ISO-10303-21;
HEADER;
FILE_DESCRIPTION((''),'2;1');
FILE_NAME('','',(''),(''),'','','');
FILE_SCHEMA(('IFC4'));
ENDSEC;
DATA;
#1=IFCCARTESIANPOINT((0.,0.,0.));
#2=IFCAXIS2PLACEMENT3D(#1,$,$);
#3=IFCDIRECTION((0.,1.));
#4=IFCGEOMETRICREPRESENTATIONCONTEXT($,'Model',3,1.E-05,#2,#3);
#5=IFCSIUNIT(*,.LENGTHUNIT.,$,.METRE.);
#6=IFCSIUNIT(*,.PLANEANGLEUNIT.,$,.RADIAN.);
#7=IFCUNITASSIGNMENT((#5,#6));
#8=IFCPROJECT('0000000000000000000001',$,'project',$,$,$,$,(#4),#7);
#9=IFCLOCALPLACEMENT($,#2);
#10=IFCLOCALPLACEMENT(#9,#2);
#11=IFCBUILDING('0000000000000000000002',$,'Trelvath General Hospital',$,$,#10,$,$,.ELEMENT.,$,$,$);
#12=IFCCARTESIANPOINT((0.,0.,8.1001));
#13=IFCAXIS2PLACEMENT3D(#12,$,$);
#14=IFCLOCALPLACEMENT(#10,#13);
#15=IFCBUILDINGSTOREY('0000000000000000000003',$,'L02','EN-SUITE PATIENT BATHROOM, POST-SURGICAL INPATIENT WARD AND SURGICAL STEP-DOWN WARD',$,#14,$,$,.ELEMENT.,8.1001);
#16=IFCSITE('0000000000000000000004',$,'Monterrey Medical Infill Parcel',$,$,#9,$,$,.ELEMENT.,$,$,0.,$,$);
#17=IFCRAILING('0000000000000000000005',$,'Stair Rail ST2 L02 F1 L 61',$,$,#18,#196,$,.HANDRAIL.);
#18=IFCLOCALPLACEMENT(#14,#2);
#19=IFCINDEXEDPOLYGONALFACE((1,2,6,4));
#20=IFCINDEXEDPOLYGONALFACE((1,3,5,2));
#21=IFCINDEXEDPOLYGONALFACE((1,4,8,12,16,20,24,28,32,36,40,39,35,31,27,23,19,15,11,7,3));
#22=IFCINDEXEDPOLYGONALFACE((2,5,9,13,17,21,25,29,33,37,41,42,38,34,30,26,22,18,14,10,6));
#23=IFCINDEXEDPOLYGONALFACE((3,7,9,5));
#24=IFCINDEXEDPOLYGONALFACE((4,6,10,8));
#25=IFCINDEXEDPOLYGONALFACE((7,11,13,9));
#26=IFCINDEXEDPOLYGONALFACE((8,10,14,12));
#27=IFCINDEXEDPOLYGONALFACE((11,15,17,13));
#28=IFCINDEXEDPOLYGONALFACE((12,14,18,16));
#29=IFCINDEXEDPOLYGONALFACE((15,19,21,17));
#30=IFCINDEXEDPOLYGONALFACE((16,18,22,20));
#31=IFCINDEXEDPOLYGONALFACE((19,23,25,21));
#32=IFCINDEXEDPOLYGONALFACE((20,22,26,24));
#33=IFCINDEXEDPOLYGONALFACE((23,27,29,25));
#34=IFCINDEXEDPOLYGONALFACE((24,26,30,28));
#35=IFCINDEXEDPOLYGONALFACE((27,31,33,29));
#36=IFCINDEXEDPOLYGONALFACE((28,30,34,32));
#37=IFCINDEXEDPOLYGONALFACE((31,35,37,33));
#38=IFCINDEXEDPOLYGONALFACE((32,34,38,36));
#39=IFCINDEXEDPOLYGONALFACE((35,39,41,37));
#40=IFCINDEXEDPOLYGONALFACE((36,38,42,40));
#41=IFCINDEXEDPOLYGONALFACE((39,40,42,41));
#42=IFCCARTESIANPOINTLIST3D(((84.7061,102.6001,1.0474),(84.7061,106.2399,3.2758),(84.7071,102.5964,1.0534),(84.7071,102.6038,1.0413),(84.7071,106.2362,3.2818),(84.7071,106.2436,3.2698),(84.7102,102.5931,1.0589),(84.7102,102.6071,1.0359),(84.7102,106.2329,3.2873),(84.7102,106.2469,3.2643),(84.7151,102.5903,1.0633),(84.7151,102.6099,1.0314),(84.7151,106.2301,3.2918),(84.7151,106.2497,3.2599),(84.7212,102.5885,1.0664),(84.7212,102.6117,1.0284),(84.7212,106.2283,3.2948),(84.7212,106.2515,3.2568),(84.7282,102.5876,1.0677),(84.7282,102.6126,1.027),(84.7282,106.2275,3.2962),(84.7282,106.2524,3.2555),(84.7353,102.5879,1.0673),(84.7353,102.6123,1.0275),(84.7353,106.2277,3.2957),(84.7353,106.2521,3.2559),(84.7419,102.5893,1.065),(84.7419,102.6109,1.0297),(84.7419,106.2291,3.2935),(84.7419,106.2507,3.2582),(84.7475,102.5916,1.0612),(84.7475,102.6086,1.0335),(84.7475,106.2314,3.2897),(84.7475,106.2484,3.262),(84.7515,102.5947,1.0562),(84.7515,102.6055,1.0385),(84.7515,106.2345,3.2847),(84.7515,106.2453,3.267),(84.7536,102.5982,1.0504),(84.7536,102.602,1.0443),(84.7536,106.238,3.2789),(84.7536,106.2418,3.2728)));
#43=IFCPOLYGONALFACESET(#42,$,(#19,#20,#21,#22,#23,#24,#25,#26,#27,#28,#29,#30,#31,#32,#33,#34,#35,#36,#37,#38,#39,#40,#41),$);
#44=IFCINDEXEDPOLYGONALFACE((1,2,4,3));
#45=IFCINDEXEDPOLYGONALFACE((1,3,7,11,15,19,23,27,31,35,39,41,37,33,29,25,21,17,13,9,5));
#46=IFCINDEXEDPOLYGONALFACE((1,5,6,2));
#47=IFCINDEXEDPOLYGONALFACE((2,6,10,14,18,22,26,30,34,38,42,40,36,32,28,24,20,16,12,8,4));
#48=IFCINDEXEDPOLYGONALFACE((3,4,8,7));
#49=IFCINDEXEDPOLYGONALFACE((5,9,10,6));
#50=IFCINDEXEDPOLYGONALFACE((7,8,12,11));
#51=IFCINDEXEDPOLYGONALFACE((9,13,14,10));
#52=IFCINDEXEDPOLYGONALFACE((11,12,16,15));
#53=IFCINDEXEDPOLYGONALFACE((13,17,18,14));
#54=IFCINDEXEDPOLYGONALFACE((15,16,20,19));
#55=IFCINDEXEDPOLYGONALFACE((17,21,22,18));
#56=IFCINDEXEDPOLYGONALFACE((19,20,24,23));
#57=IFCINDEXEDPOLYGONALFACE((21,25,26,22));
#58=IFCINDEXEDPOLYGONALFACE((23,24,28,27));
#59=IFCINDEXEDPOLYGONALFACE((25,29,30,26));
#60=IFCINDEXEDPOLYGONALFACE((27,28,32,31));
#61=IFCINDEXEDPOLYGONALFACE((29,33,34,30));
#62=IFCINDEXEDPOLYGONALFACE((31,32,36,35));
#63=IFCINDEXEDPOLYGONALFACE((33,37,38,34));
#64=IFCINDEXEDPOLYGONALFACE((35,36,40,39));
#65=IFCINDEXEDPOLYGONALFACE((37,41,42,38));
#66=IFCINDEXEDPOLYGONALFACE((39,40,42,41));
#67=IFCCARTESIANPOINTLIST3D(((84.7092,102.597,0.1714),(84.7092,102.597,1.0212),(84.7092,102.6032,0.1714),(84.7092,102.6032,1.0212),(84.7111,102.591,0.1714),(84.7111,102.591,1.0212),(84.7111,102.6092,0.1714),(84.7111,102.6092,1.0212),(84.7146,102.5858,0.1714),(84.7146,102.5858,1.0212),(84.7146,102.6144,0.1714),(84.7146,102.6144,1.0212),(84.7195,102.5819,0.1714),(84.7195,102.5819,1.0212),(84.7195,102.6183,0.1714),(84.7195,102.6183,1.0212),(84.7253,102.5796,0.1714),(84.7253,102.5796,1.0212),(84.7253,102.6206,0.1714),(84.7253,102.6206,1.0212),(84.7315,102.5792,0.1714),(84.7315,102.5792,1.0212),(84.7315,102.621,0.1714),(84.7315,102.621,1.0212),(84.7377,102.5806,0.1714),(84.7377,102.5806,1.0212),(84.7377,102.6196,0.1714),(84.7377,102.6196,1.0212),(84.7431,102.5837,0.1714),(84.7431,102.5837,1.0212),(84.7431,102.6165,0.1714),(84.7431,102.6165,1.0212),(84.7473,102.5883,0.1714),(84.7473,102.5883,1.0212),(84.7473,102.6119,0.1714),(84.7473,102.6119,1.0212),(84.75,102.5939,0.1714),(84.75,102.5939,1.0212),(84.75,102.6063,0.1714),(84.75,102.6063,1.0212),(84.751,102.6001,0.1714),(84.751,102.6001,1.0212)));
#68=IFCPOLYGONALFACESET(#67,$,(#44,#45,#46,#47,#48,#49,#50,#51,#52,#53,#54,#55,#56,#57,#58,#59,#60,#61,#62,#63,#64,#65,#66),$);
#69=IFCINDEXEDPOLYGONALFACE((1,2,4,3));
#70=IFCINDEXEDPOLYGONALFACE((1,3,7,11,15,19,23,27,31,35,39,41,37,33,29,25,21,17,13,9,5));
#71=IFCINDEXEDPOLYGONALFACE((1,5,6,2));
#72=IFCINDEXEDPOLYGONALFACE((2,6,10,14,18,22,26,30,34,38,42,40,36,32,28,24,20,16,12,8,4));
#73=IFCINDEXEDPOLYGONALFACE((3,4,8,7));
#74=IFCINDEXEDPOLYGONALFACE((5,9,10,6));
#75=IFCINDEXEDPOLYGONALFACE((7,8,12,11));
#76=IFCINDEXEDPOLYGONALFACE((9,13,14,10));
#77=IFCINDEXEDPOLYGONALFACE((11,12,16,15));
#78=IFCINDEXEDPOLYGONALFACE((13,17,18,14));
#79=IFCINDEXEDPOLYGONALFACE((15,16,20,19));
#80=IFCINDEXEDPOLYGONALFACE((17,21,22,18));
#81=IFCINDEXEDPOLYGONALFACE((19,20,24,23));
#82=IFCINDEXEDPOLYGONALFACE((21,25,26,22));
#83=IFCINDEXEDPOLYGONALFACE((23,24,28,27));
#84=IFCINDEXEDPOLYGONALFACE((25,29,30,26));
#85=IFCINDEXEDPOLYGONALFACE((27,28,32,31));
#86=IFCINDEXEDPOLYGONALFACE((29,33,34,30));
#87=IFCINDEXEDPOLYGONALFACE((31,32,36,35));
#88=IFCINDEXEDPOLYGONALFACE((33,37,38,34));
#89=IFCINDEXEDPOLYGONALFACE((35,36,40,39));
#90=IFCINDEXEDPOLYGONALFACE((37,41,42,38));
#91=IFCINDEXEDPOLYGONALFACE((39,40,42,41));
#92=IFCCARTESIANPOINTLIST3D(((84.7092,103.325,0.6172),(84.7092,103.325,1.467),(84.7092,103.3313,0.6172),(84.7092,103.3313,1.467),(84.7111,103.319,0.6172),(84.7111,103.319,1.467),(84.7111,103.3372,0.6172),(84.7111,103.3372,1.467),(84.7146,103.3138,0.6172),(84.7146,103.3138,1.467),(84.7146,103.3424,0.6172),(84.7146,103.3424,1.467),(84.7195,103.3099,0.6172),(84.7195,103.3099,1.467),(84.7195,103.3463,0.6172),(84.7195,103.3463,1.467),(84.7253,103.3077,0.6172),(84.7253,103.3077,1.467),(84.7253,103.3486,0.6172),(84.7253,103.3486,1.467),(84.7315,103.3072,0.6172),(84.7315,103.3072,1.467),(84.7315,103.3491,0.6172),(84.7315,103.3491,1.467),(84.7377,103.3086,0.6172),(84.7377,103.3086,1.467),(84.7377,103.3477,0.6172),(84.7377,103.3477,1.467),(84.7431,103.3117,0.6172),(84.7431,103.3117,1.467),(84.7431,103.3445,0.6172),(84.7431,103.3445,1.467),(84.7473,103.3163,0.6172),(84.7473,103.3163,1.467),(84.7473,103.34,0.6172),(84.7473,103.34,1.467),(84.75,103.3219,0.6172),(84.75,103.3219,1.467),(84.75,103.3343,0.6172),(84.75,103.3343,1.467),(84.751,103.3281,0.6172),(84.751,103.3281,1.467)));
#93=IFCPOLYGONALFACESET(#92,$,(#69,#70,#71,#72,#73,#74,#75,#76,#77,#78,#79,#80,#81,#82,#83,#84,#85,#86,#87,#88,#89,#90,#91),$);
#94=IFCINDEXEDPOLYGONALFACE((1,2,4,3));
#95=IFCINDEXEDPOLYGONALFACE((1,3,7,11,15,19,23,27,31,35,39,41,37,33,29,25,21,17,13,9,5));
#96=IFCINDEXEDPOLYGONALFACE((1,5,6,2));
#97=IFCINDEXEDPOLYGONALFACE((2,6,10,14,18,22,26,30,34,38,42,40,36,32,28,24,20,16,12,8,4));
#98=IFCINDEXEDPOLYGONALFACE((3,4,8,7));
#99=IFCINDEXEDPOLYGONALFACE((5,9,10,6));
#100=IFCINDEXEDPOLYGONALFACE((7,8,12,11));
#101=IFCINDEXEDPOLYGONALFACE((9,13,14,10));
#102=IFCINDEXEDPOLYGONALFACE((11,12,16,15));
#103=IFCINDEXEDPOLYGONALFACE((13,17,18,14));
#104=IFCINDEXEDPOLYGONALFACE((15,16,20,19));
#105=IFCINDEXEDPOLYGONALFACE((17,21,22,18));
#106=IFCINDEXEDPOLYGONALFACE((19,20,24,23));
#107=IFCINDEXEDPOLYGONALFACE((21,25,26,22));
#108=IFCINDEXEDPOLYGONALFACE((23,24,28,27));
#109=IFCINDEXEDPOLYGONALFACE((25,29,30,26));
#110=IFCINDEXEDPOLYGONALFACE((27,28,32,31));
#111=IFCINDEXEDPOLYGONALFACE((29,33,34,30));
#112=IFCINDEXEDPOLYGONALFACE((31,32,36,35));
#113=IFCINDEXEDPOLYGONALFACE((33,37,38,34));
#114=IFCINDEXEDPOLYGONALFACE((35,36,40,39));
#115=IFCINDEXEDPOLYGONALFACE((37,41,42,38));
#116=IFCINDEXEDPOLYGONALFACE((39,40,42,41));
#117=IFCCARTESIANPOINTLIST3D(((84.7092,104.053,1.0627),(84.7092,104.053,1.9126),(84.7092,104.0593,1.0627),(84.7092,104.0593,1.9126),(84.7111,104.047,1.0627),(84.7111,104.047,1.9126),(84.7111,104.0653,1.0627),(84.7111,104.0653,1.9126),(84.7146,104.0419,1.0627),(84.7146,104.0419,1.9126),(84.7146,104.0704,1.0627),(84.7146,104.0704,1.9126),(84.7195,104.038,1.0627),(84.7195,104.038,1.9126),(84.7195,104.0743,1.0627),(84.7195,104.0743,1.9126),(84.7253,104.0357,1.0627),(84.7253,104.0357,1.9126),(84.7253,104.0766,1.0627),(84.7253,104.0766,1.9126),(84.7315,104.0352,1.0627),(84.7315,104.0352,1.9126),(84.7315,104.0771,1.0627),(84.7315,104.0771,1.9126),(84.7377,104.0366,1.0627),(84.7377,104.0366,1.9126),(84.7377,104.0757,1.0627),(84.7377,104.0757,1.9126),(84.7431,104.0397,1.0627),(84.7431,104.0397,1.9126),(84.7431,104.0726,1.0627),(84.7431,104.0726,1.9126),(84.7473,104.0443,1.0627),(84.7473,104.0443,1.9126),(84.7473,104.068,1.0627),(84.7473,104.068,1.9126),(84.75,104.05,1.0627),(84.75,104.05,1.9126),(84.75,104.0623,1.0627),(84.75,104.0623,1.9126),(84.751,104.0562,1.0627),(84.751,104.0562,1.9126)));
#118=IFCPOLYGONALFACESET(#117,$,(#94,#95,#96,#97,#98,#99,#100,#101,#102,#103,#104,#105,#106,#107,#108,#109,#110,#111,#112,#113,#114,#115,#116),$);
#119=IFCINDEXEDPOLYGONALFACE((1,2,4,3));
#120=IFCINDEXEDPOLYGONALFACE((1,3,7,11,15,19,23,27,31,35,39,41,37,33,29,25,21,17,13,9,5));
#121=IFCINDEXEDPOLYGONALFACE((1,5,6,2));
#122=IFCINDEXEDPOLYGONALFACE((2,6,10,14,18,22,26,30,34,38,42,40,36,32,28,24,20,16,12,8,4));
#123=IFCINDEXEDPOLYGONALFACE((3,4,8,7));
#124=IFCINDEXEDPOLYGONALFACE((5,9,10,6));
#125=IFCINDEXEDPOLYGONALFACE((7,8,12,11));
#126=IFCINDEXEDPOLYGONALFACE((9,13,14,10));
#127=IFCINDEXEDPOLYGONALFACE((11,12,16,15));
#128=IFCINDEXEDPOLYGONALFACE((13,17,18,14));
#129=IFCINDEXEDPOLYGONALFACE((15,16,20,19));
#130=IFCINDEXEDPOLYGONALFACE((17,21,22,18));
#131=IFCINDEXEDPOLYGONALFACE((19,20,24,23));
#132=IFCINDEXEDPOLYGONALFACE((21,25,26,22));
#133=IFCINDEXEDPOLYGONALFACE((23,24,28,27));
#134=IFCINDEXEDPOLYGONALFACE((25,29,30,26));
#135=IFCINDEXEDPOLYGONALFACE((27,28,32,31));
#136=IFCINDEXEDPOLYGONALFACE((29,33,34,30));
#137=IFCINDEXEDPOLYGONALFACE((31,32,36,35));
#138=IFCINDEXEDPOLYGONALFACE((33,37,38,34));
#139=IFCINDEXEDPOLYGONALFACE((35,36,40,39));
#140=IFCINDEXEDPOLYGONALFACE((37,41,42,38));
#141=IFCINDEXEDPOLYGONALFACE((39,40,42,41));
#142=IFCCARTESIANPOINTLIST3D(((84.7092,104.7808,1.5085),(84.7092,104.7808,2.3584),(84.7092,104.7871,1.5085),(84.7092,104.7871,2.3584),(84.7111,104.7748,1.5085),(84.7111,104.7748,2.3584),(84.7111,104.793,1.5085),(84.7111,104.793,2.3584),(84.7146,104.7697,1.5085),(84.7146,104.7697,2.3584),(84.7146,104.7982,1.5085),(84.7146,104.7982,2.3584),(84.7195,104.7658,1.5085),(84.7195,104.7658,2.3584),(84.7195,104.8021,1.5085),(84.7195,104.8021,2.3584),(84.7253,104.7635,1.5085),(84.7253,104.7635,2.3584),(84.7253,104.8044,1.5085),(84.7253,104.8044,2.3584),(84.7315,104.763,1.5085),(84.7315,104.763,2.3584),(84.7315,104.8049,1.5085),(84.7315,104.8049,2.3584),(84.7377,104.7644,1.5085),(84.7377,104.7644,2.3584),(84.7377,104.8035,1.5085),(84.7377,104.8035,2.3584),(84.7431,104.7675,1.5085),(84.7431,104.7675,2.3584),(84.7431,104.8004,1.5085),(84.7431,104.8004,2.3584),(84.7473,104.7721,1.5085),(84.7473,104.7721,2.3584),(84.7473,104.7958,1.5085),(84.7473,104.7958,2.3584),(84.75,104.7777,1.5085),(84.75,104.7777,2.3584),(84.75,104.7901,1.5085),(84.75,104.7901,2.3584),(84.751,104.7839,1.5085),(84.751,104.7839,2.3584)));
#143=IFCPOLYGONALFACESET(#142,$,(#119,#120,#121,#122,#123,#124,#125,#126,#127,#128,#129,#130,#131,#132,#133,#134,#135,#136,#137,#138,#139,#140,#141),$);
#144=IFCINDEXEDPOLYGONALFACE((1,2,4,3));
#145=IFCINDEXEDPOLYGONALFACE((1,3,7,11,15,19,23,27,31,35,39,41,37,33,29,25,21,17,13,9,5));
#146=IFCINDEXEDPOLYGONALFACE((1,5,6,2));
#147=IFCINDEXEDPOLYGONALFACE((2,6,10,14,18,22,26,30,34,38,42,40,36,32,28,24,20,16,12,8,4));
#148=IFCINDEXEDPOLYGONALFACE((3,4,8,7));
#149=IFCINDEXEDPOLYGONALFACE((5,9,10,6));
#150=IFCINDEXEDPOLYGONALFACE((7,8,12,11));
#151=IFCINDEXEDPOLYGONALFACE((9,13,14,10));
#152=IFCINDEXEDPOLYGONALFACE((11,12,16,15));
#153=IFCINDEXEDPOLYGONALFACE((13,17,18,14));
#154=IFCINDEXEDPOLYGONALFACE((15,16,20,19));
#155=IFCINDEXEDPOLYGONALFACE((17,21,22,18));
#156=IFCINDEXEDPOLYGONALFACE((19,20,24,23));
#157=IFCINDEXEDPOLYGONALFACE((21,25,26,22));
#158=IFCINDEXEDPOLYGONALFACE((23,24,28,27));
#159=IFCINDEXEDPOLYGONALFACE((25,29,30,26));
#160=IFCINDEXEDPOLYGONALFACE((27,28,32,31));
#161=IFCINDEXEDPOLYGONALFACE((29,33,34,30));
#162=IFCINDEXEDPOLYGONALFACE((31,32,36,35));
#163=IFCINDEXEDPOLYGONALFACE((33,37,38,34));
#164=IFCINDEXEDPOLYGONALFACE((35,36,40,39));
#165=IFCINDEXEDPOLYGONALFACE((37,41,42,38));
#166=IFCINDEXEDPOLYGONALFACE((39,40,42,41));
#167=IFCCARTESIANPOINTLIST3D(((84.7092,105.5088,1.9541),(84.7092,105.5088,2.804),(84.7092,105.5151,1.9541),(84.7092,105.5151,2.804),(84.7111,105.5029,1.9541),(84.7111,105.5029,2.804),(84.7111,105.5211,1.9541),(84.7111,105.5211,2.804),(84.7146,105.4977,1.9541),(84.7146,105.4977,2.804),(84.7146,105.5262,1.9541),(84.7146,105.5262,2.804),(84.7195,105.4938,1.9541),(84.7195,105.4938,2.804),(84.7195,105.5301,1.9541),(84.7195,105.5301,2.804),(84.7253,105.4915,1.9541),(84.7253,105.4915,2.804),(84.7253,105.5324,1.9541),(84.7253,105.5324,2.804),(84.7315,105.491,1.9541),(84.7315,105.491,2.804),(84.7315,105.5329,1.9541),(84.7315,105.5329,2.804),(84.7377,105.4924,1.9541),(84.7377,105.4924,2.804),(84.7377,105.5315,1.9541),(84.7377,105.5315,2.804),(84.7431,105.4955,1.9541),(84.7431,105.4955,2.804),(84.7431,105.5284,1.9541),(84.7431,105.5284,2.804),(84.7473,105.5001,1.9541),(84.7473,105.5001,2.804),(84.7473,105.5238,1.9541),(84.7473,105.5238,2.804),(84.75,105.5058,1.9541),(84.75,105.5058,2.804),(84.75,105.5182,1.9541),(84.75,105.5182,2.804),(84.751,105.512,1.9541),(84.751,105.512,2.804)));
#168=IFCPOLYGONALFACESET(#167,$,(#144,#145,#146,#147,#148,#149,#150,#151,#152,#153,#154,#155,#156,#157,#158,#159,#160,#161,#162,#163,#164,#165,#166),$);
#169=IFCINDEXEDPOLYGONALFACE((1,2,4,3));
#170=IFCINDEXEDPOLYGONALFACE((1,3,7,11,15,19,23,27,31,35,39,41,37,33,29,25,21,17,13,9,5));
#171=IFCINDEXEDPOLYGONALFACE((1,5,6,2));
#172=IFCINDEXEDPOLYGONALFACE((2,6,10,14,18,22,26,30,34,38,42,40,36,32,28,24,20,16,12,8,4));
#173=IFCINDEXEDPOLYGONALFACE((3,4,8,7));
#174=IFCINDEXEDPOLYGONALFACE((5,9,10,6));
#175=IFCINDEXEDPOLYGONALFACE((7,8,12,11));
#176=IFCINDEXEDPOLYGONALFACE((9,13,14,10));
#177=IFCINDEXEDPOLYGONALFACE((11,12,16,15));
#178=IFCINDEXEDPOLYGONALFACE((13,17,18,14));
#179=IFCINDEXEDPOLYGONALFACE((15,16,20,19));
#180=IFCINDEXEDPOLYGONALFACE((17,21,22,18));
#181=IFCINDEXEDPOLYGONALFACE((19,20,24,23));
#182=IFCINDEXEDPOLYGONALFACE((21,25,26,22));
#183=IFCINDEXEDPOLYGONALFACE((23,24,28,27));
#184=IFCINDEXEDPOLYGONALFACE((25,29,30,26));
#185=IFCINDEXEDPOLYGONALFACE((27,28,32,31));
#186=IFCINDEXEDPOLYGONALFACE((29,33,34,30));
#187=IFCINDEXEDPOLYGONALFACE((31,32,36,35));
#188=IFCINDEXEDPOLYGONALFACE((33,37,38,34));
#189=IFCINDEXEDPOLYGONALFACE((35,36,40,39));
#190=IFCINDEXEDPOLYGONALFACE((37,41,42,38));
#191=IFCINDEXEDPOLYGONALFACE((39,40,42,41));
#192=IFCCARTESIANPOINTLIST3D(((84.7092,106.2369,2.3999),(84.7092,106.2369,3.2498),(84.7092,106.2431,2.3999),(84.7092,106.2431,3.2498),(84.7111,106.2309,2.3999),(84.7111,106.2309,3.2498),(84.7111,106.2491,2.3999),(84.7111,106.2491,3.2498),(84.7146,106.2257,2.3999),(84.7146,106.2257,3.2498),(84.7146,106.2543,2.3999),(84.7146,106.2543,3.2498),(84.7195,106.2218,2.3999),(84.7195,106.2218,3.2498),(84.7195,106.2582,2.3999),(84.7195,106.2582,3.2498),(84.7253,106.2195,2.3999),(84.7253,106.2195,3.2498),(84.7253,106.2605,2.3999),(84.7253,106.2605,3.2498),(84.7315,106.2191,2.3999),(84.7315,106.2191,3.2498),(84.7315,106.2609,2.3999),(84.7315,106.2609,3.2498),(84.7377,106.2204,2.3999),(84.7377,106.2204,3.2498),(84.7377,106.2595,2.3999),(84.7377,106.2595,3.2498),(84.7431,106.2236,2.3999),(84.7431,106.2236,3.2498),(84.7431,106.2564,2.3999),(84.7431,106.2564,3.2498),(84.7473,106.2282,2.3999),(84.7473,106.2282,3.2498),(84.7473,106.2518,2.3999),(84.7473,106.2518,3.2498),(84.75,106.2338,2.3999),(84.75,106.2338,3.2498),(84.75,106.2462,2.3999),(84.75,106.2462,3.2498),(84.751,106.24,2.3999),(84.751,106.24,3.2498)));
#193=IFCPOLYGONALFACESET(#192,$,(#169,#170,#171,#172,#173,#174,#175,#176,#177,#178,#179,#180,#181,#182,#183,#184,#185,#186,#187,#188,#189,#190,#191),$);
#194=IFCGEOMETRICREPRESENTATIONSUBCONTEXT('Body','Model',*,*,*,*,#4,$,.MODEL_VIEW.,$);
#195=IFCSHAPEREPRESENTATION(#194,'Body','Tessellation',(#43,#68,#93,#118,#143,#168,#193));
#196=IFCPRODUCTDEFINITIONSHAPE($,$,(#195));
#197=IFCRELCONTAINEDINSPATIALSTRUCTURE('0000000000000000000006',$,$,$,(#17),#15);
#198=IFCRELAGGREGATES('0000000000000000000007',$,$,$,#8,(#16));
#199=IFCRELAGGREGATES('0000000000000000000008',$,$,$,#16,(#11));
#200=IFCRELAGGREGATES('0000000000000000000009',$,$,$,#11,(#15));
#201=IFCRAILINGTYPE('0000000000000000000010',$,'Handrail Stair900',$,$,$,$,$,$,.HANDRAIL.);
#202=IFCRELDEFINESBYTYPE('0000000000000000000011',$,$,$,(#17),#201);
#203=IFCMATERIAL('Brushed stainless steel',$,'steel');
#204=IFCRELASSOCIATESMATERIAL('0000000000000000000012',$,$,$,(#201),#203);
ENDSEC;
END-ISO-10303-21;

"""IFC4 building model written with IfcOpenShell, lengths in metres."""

from ifc_helpers import new_model, si_unit, direction, frame, origin, origin_2d, place, context, subcontext, project, spatial, circle, extrude, material, type_object, element, save


model = new_model("IFC4")

# Units and contexts
model_context = context("Model", 3, precision=1e-05, world=origin(), true_north=direction((0.0, 1.0)))
body_context = subcontext(model_context, "Body", "Model", "MODEL_VIEW")
ifc_project = project(units=[si_unit("LENGTHUNIT", "METRE"), si_unit("PLANEANGLEUNIT", "RADIAN")], contexts=[model_context])

# Site, building, storey
site_placement = place(None, origin())
site = spatial("IfcSite", under=ifc_project, at=site_placement, Name="Monterrey Medical Infill Parcel", CompositionType="ELEMENT", RefElevation=0.0)
building_placement = place(site_placement, origin())
building = spatial("IfcBuilding", under=site, at=building_placement, Name="Trelvath General Hospital", CompositionType="ELEMENT")
storey_placement = place(building_placement, frame((0.0, 0.0, 8.1001)))
storey = spatial("IfcBuildingStorey", under=building, at=storey_placement, Name="L02", Description="EN-SUITE PATIENT BATHROOM, POST-SURGICAL INPATIENT WARD AND SURGICAL STEP-DOWN WARD", CompositionType="ELEMENT", Elevation=8.1001)

# Railing
ifc_material_1 = material(Name="Brushed stainless steel", Category="steel")
railing_type_1 = type_object("IfcRailingType", Name="Handrail Stair900", PredefinedType="HANDRAIL", material=ifc_material_1)
railing_1_placement = place(storey_placement, frame((84.73, 102.6001, 0.1714)))
element("IfcRailing", 1, at=railing_1_placement, inside=storey, type_object=railing_type_1, Name="Stair Rail ST2 L02 F1 L 61", PredefinedType="HANDRAIL", context=body_context, shape_type="SweptSolid", body=[
    extrude(circle(Radius=0.0239, at=origin_2d()), frame((0.0, 0.0, 0.876), z_axis=(0.0, 0.85285, 0.522156), x_axis=(-1.0, 0.0, 0.0)), (0.0, 0.0, 1.0), 4.2678),
    extrude(circle(Radius=0.021, at=origin_2d()), origin(), (0.0, 0.0, 1.0), 0.8499),
    extrude(circle(Radius=0.021, at=origin_2d()), frame((0.0, 0.728, 0.4458)), (0.0, 0.0, 1.0), 0.8499),
    extrude(circle(Radius=0.021, at=origin_2d()), frame((0.0, 1.4561, 0.8914)), (0.0, 0.0, 1.0), 0.8499),
    extrude(circle(Radius=0.021, at=origin_2d()), frame((0.0, 2.1838, 1.3372)), (0.0, 0.0, 1.0), 0.8499),
    extrude(circle(Radius=0.021, at=origin_2d()), frame((0.0, 2.9119, 1.7827)), (0.0, 0.0, 1.0), 0.8499),
    extrude(circle(Radius=0.021, at=origin_2d()), frame((0.0, 3.6399, 2.2285)), (0.0, 0.0, 1.0), 0.8499),
])

save(model, "model.ifc")
